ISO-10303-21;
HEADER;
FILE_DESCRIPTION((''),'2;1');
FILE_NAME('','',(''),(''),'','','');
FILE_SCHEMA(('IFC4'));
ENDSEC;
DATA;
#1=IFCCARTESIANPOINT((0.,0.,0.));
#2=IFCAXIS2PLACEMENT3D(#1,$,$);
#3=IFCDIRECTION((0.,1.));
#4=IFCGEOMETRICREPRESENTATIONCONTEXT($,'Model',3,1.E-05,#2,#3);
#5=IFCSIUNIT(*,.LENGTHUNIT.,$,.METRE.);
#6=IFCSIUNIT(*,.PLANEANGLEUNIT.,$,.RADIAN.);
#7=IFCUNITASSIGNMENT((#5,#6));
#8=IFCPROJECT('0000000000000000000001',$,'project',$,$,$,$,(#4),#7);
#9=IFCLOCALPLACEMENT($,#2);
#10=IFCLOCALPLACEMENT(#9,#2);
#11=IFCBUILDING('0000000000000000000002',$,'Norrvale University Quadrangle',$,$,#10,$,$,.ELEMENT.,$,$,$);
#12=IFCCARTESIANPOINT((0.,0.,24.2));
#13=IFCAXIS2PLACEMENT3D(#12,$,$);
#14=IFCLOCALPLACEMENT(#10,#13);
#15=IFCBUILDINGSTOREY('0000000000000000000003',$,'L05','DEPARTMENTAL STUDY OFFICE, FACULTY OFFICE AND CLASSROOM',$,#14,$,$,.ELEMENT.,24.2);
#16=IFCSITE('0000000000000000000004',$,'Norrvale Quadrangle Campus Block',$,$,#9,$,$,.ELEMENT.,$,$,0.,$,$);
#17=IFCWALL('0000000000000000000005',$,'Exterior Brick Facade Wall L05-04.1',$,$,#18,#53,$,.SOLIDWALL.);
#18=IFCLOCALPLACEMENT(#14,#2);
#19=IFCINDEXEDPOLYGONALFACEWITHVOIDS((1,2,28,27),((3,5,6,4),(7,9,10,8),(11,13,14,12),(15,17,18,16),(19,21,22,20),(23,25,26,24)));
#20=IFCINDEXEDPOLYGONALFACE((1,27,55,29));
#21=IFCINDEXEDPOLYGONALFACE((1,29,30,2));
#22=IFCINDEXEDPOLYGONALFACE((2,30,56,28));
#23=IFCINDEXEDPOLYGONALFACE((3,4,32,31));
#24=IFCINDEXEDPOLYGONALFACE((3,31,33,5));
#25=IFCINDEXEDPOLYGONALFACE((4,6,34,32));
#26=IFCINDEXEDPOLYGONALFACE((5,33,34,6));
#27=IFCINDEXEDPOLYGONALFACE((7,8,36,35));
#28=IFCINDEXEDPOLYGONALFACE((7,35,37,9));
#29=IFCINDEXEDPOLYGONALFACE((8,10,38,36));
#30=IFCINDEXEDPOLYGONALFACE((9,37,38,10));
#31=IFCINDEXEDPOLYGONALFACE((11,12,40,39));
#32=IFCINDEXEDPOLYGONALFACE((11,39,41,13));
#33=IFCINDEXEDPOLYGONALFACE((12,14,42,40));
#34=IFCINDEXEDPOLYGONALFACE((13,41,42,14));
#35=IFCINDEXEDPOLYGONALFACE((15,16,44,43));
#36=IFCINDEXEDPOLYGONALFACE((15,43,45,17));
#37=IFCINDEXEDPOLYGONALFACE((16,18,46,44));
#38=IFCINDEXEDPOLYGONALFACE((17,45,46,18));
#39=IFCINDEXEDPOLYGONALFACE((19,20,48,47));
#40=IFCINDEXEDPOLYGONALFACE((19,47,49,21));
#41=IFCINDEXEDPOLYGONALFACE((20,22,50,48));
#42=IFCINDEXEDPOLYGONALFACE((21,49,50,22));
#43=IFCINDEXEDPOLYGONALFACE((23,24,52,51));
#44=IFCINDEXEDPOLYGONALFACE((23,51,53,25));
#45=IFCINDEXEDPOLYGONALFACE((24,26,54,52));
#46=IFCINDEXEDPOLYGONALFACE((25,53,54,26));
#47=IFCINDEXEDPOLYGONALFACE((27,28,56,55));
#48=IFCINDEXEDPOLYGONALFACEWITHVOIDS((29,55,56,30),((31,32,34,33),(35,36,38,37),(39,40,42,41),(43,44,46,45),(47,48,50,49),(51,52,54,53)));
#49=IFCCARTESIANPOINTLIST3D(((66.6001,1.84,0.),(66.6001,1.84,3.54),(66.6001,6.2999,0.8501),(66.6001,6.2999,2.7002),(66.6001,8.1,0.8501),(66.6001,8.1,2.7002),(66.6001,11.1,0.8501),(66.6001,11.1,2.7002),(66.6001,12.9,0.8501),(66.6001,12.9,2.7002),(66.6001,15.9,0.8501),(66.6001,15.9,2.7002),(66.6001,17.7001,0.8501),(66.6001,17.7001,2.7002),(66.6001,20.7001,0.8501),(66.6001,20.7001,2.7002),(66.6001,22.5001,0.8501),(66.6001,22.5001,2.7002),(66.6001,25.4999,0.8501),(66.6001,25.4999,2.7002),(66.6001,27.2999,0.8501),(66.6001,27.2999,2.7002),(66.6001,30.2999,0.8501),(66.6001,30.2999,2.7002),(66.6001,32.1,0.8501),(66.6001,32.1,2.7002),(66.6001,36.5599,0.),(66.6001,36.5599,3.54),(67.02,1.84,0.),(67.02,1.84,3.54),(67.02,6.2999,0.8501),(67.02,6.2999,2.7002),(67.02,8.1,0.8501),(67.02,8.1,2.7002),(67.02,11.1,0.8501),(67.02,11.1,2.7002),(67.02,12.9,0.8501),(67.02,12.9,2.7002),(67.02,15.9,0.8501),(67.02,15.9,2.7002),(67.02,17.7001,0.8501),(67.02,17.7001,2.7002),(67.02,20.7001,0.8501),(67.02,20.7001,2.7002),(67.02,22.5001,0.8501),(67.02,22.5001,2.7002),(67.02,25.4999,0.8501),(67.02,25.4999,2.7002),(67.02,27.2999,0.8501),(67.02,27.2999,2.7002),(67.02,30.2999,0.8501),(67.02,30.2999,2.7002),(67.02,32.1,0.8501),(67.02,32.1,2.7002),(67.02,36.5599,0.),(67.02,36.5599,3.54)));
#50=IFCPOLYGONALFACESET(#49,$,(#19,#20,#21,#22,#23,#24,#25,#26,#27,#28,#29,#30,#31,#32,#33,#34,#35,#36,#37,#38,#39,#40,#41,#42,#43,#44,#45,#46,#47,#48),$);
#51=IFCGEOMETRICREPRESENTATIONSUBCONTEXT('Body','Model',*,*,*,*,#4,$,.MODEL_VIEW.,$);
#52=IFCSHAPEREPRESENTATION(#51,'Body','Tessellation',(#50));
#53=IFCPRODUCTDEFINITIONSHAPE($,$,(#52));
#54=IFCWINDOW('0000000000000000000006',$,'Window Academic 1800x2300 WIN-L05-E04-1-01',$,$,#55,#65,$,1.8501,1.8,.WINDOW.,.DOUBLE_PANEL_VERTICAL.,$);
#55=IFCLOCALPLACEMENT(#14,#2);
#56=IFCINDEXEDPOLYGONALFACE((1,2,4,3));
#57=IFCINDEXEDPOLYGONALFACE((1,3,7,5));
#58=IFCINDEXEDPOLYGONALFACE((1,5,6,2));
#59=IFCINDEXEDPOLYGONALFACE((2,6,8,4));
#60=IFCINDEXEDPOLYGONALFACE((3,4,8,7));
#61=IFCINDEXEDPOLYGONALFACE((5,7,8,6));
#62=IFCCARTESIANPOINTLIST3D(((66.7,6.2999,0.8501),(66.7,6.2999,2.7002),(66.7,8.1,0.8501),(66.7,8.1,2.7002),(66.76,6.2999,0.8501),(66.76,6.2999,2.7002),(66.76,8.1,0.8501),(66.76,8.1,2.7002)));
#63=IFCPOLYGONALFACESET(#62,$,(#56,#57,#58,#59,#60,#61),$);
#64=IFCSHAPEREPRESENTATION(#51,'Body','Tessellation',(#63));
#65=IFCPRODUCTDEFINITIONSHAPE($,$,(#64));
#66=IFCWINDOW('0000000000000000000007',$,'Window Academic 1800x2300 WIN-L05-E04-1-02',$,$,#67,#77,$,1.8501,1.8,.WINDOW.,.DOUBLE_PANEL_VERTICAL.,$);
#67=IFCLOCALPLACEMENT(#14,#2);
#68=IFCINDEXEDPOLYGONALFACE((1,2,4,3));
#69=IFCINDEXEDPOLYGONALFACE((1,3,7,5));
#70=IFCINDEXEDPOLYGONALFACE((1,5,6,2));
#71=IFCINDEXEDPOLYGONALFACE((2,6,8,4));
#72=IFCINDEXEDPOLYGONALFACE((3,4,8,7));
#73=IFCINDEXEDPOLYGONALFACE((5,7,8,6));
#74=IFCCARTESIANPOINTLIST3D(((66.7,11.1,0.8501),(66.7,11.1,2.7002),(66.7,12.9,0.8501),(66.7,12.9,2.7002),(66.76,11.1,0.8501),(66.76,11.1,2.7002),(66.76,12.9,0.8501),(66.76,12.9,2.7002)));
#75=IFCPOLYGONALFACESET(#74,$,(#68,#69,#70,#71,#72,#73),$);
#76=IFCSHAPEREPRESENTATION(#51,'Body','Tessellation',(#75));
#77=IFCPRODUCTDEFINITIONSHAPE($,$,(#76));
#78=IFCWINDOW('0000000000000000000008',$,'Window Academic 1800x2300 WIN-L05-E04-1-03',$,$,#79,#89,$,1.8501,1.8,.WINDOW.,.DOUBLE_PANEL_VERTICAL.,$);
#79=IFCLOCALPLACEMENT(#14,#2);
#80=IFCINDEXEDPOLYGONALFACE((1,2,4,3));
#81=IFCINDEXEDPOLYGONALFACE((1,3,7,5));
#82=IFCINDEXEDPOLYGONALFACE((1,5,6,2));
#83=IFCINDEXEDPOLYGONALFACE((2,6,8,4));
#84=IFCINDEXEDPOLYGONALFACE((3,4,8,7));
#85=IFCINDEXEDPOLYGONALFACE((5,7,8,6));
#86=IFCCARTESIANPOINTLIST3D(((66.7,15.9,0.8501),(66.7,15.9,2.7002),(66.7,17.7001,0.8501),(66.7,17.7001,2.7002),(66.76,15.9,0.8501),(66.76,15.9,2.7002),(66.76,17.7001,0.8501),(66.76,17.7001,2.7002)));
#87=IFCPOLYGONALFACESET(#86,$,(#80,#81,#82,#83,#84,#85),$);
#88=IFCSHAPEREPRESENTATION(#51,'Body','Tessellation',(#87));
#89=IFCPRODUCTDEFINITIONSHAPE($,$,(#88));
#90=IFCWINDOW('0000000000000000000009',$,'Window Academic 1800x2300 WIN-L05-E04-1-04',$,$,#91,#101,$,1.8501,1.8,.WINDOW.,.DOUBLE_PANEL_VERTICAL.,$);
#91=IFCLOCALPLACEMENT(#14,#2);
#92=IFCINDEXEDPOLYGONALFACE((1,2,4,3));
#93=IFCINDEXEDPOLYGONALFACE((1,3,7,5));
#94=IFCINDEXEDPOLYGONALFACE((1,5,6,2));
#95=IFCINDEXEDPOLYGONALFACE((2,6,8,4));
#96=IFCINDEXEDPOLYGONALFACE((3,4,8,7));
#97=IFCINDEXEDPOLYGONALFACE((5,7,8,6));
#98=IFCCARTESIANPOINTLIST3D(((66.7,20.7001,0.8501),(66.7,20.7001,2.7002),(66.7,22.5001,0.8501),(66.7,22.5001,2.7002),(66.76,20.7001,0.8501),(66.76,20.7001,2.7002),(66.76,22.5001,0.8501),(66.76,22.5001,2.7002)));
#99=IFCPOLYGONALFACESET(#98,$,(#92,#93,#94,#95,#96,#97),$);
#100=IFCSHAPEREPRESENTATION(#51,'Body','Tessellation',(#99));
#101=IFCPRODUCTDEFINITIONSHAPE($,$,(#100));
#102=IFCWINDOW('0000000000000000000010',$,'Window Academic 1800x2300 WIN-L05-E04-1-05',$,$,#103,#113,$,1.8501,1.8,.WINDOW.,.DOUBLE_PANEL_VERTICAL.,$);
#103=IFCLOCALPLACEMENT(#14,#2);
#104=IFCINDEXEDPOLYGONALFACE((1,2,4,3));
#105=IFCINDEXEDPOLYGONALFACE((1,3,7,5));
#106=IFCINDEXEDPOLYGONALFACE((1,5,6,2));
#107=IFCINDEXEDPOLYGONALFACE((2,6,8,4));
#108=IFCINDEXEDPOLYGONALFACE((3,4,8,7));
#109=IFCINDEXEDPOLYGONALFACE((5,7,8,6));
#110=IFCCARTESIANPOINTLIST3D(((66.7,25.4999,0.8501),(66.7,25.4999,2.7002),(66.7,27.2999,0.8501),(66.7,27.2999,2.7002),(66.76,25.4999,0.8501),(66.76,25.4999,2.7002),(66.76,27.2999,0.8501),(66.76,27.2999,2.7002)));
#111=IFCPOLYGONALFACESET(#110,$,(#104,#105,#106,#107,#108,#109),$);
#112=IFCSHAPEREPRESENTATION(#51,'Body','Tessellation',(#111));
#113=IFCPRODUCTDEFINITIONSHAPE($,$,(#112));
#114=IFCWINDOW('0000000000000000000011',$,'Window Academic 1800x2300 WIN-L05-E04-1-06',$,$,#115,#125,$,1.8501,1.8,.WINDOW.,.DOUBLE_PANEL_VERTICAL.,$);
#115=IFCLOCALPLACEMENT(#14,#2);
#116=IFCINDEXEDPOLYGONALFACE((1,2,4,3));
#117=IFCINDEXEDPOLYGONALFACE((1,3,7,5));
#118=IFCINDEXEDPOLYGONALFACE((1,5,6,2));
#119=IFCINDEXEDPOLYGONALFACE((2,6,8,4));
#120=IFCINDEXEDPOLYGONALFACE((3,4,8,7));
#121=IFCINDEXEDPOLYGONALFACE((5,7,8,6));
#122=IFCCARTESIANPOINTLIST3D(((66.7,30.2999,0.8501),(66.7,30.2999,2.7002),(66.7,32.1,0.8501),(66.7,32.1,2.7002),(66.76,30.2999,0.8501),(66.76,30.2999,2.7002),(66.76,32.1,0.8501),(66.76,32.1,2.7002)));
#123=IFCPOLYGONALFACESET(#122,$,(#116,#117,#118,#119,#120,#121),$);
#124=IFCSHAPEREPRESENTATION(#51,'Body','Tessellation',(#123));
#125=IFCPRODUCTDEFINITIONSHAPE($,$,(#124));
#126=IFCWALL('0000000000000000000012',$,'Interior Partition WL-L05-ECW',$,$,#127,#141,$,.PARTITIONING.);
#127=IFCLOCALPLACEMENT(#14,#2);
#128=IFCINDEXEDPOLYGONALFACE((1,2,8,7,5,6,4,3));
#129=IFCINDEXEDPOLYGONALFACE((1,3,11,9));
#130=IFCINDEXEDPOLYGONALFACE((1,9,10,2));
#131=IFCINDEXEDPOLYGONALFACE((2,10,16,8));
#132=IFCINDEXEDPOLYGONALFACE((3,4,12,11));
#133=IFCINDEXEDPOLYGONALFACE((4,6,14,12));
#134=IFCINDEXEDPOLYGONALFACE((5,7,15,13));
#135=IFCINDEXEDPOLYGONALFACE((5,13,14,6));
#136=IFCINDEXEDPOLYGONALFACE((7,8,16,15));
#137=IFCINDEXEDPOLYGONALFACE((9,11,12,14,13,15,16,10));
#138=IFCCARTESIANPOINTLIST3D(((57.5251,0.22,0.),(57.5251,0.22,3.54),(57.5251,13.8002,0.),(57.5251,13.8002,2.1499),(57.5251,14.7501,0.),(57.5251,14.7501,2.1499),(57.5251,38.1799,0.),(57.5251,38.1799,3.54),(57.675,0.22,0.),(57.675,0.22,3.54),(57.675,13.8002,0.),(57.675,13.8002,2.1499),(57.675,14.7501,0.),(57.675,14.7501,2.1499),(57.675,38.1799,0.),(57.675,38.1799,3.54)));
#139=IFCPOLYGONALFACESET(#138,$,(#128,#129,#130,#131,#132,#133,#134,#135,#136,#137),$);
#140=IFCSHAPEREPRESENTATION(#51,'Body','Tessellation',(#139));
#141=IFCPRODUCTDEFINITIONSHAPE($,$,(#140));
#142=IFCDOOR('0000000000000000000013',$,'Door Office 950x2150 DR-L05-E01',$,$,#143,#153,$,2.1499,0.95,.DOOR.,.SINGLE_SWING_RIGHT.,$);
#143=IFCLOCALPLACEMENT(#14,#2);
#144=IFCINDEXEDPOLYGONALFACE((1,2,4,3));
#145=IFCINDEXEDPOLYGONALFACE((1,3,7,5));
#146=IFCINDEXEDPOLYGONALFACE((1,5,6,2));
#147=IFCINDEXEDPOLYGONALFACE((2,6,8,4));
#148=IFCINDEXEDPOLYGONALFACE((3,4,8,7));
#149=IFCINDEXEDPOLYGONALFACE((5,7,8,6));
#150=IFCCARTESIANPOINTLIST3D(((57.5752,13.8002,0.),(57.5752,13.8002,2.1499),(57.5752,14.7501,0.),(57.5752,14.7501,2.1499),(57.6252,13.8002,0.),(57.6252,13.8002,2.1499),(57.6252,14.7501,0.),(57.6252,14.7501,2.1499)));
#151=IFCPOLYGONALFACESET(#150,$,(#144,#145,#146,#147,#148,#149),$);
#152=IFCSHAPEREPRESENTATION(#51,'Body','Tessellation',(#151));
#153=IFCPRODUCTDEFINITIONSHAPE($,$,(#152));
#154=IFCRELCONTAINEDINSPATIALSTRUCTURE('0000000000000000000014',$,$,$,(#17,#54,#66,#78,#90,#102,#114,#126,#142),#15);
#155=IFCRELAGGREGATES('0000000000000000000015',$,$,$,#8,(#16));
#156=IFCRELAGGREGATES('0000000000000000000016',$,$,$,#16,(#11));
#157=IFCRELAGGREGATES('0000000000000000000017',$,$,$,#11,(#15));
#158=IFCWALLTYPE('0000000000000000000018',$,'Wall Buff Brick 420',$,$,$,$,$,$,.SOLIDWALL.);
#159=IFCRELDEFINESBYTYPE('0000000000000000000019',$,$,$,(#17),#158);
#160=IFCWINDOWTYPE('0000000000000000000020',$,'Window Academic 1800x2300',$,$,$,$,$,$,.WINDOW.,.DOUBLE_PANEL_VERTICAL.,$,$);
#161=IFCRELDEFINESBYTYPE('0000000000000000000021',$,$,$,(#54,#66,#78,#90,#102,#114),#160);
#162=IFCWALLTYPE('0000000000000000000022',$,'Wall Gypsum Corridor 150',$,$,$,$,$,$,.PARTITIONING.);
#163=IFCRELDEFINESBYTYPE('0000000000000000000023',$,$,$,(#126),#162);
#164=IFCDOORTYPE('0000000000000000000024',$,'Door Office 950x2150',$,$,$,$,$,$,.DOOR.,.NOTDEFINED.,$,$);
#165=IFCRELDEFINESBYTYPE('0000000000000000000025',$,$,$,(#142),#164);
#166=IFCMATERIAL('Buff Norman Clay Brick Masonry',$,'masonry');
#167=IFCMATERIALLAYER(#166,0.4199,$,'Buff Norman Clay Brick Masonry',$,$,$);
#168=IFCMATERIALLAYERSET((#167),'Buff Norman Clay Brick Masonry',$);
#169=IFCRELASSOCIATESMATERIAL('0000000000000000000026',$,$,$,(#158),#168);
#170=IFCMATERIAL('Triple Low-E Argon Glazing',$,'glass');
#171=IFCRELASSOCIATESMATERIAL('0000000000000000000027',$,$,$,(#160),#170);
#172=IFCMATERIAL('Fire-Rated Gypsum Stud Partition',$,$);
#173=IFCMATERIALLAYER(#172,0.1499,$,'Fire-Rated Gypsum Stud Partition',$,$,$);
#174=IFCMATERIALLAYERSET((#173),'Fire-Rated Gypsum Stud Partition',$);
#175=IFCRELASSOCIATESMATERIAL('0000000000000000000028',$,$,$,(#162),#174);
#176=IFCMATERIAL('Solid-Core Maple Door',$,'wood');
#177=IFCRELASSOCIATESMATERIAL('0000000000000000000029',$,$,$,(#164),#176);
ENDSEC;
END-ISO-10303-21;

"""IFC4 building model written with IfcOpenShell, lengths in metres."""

from ifc_helpers import new_model, si_unit, direction, frame, frame_2d, origin, place, context, subcontext, project, spatial, rectangle, extrude, material, layer, layer_set, type_object, element, fill, save


model = new_model("IFC4")

# Units and contexts
model_context = context("Model", 3, precision=1e-05, world=origin(), true_north=direction((0.0, 1.0)))
body_context = subcontext(model_context, "Body", "Model", "MODEL_VIEW")
ifc_project = project(units=[si_unit("LENGTHUNIT", "METRE"), si_unit("PLANEANGLEUNIT", "RADIAN")], contexts=[model_context])

# Site, building, storey
site_placement = place(None, origin())
site = spatial("IfcSite", under=ifc_project, at=site_placement, Name="Norrvale Quadrangle Campus Block", CompositionType="ELEMENT", RefElevation=0.0)
building_placement = place(site_placement, origin())
building = spatial("IfcBuilding", under=site, at=building_placement, Name="Norrvale University Quadrangle", CompositionType="ELEMENT")
storey_placement = place(building_placement, frame((0.0, 0.0, 24.2)))
storey = spatial("IfcBuildingStorey", under=building, at=storey_placement, Name="L05", Description="DEPARTMENTAL STUDY OFFICE, FACULTY OFFICE AND CLASSROOM", CompositionType="ELEMENT", Elevation=24.2)

# Shared definitions
ifc_material_1 = material(Name="Buff Norman Clay Brick Masonry", Category="masonry")
ifc_layer_1 = layer(ifc_material_1, 0.4199, Name="Buff Norman Clay Brick Masonry")
ifc_layer_set_1 = layer_set([ifc_layer_1], Name="Buff Norman Clay Brick Masonry")
wall_type_1 = type_object("IfcWallType", Name="Wall Buff Brick 420", PredefinedType="SOLIDWALL", material=ifc_layer_set_1)

# Wall, openings, windows
wall_1_placement = place(storey_placement, frame((66.8101, 1.8401, 0.0), z_axis=(0.0, 0.0, 1.0), x_axis=(0.0, 1.0, 0.0)))
wall_1 = element("IfcWall", 1, at=wall_1_placement, inside=storey, type_object=wall_type_1, Name="Exterior Brick Facade Wall L05-04.1", PredefinedType="SOLIDWALL", context=body_context, shape_type="SweptSolid", body=[
    extrude(rectangle(XDim=34.72, YDim=0.4199, at=frame_2d((17.3599, 0.0))), origin(), (0.0, 0.0, 1.0), 3.54),
])
opening_1_placement = place(wall_1_placement, frame((4.46, 0.0, 0.8501)))
opening_1 = element("IfcOpeningElement", 2, at=opening_1_placement, cuts=wall_1, PredefinedType="OPENING", context=body_context, shape_type="SweptSolid", body=[
    extrude(rectangle(XDim=1.8, YDim=1.8501, at=frame_2d((0.8999, 0.925))), frame((0.0, 0.2219, 0.0), z_axis=(0.0, -1.0, 0.0), x_axis=(1.0, 0.0, 0.0)), (0.0, 0.0, 1.0), 0.4438),
])
opening_2_placement = place(wall_1_placement, frame((9.26, 0.0, 0.8501)))
opening_2 = element("IfcOpeningElement", 3, at=opening_2_placement, cuts=wall_1, PredefinedType="OPENING", context=body_context, shape_type="SweptSolid", body=[
    extrude(rectangle(XDim=1.8, YDim=1.8501, at=frame_2d((0.8999, 0.925))), frame((0.0, 0.2219, 0.0), z_axis=(0.0, -1.0, 0.0), x_axis=(1.0, 0.0, 0.0)), (0.0, 0.0, 1.0), 0.4438),
])
opening_3_placement = place(wall_1_placement, frame((14.0601, 0.0, 0.8501)))
opening_3 = element("IfcOpeningElement", 4, at=opening_3_placement, cuts=wall_1, PredefinedType="OPENING", context=body_context, shape_type="SweptSolid", body=[
    extrude(rectangle(XDim=1.8, YDim=1.8501, at=frame_2d((0.8999, 0.925))), frame((0.0, 0.2219, 0.0), z_axis=(0.0, -1.0, 0.0), x_axis=(1.0, 0.0, 0.0)), (0.0, 0.0, 1.0), 0.4438),
])
opening_4_placement = place(wall_1_placement, frame((18.8601, 0.0, 0.8501)))
opening_4 = element("IfcOpeningElement", 5, at=opening_4_placement, cuts=wall_1, PredefinedType="OPENING", context=body_context, shape_type="SweptSolid", body=[
    extrude(rectangle(XDim=1.8, YDim=1.8501, at=frame_2d((0.8999, 0.925))), frame((0.0, 0.2219, 0.0), z_axis=(0.0, -1.0, 0.0), x_axis=(1.0, 0.0, 0.0)), (0.0, 0.0, 1.0), 0.4438),
])
opening_5_placement = place(wall_1_placement, frame((23.6599, 0.0, 0.8501)))
opening_5 = element("IfcOpeningElement", 6, at=opening_5_placement, cuts=wall_1, PredefinedType="OPENING", context=body_context, shape_type="SweptSolid", body=[
    extrude(rectangle(XDim=1.8, YDim=1.8501, at=frame_2d((0.8999, 0.925))), frame((0.0, 0.2219, 0.0), z_axis=(0.0, -1.0, 0.0), x_axis=(1.0, 0.0, 0.0)), (0.0, 0.0, 1.0), 0.4438),
])
opening_6_placement = place(wall_1_placement, frame((28.46, 0.0, 0.8501)))
opening_6 = element("IfcOpeningElement", 7, at=opening_6_placement, cuts=wall_1, PredefinedType="OPENING", context=body_context, shape_type="SweptSolid", body=[
    extrude(rectangle(XDim=1.8, YDim=1.8501, at=frame_2d((0.8999, 0.925))), frame((0.0, 0.2219, 0.0), z_axis=(0.0, -1.0, 0.0), x_axis=(1.0, 0.0, 0.0)), (0.0, 0.0, 1.0), 0.4438),
])
ifc_material_2 = material(Name="Triple Low-E Argon Glazing", Category="glass")
window_type = type_object("IfcWindowType", Name="Window Academic 1800x2300", PartitioningType="DOUBLE_PANEL_VERTICAL", PredefinedType="WINDOW", material=ifc_material_2)
window_1_placement = place(opening_1_placement, origin())
window_1 = element("IfcWindow", 8, at=window_1_placement, inside=storey, type_object=window_type, Name="Window Academic 1800x2300 WIN-L05-E04-1-01", OverallHeight=1.8501, OverallWidth=1.8, PartitioningType="DOUBLE_PANEL_VERTICAL", PredefinedType="WINDOW", context=body_context, shape_type="SweptSolid", body=[
    extrude(rectangle(XDim=1.8, YDim=1.8501, at=frame_2d((0.8999, 0.925))), frame((0.0, 0.1101, 0.0), z_axis=(0.0, -1.0, 0.0), x_axis=(1.0, 0.0, 0.0)), (0.0, 0.0, 1.0), 0.0601),
])
fill(opening_1, window_1)
window_2_placement = place(opening_2_placement, origin())
window_2 = element("IfcWindow", 9, at=window_2_placement, inside=storey, type_object=window_type, Name="Window Academic 1800x2300 WIN-L05-E04-1-02", OverallHeight=1.8501, OverallWidth=1.8, PartitioningType="DOUBLE_PANEL_VERTICAL", PredefinedType="WINDOW", context=body_context, shape_type="SweptSolid", body=[
    extrude(rectangle(XDim=1.8, YDim=1.8501, at=frame_2d((0.8999, 0.925))), frame((0.0, 0.1101, 0.0), z_axis=(0.0, -1.0, 0.0), x_axis=(1.0, 0.0, 0.0)), (0.0, 0.0, 1.0), 0.0601),
])
fill(opening_2, window_2)
window_3_placement = place(opening_3_placement, origin())
window_3 = element("IfcWindow", 10, at=window_3_placement, inside=storey, type_object=window_type, Name="Window Academic 1800x2300 WIN-L05-E04-1-03", OverallHeight=1.8501, OverallWidth=1.8, PartitioningType="DOUBLE_PANEL_VERTICAL", PredefinedType="WINDOW", context=body_context, shape_type="SweptSolid", body=[
    extrude(rectangle(XDim=1.8, YDim=1.8501, at=frame_2d((0.8999, 0.925))), frame((0.0, 0.1101, 0.0), z_axis=(0.0, -1.0, 0.0), x_axis=(1.0, 0.0, 0.0)), (0.0, 0.0, 1.0), 0.0601),
])
fill(opening_3, window_3)
window_4_placement = place(opening_4_placement, origin())
window_4 = element("IfcWindow", 11, at=window_4_placement, inside=storey, type_object=window_type, Name="Window Academic 1800x2300 WIN-L05-E04-1-04", OverallHeight=1.8501, OverallWidth=1.8, PartitioningType="DOUBLE_PANEL_VERTICAL", PredefinedType="WINDOW", context=body_context, shape_type="SweptSolid", body=[
    extrude(rectangle(XDim=1.8, YDim=1.8501, at=frame_2d((0.8999, 0.925))), frame((0.0, 0.1101, 0.0), z_axis=(0.0, -1.0, 0.0), x_axis=(1.0, 0.0, 0.0)), (0.0, 0.0, 1.0), 0.0601),
])
fill(opening_4, window_4)
window_5_placement = place(opening_5_placement, origin())
window_5 = element("IfcWindow", 12, at=window_5_placement, inside=storey, type_object=window_type, Name="Window Academic 1800x2300 WIN-L05-E04-1-05", OverallHeight=1.8501, OverallWidth=1.8, PartitioningType="DOUBLE_PANEL_VERTICAL", PredefinedType="WINDOW", context=body_context, shape_type="SweptSolid", body=[
    extrude(rectangle(XDim=1.8, YDim=1.8501, at=frame_2d((0.8999, 0.925))), frame((0.0, 0.1101, 0.0), z_axis=(0.0, -1.0, 0.0), x_axis=(1.0, 0.0, 0.0)), (0.0, 0.0, 1.0), 0.0601),
])
fill(opening_5, window_5)
window_6_placement = place(opening_6_placement, origin())
window_6 = element("IfcWindow", 13, at=window_6_placement, inside=storey, type_object=window_type, Name="Window Academic 1800x2300 WIN-L05-E04-1-06", OverallHeight=1.8501, OverallWidth=1.8, PartitioningType="DOUBLE_PANEL_VERTICAL", PredefinedType="WINDOW", context=body_context, shape_type="SweptSolid", body=[
    extrude(rectangle(XDim=1.8, YDim=1.8501, at=frame_2d((0.8999, 0.925))), frame((0.0, 0.1101, 0.0), z_axis=(0.0, -1.0, 0.0), x_axis=(1.0, 0.0, 0.0)), (0.0, 0.0, 1.0), 0.0601),
])
fill(opening_6, window_6)

# Wall, opening, door
ifc_material_3 = material(Name="Fire-Rated Gypsum Stud Partition")
ifc_layer_2 = layer(ifc_material_3, 0.1499, Name="Fire-Rated Gypsum Stud Partition")
ifc_layer_set_2 = layer_set([ifc_layer_2], Name="Fire-Rated Gypsum Stud Partition")
wall_type_2 = type_object("IfcWallType", Name="Wall Gypsum Corridor 150", PredefinedType="PARTITIONING", material=ifc_layer_set_2)
wall_2_placement = place(storey_placement, frame((57.6001, 0.22, 0.0), z_axis=(0.0, 0.0, 1.0), x_axis=(0.0, 1.0, 0.0)))
wall_2 = element("IfcWall", 14, at=wall_2_placement, inside=storey, type_object=wall_type_2, Name="Interior Partition WL-L05-ECW", PredefinedType="PARTITIONING", context=body_context, shape_type="SweptSolid", body=[
    extrude(rectangle(XDim=37.96, YDim=0.1499, at=frame_2d((18.98, 0.0))), origin(), (0.0, 0.0, 1.0), 3.54),
])
opening_7_placement = place(wall_2_placement, frame((13.5801, 0.0, 0.0)))
opening_7 = element("IfcOpeningElement", 15, at=opening_7_placement, cuts=wall_2, PredefinedType="OPENING", context=body_context, shape_type="SweptSolid", body=[
    extrude(rectangle(XDim=0.95, YDim=2.1499, at=frame_2d((0.4751, 1.075))), frame((0.0, 0.0869, 0.0), z_axis=(0.0, -1.0, 0.0), x_axis=(1.0, 0.0, 0.0)), (0.0, 0.0, 1.0), 0.1738),
])
ifc_material_4 = material(Name="Solid-Core Maple Door", Category="wood")
door_type = type_object("IfcDoorType", Name="Door Office 950x2150", OperationType="NOTDEFINED", PredefinedType="DOOR", material=ifc_material_4)
door_placement = place(opening_7_placement, origin())
door = element("IfcDoor", 16, at=door_placement, inside=storey, type_object=door_type, Name="Door Office 950x2150 DR-L05-E01", OperationType="SINGLE_SWING_RIGHT", OverallHeight=2.1499, OverallWidth=0.95, PredefinedType="DOOR", context=body_context, shape_type="SweptSolid", body=[
    extrude(rectangle(XDim=0.95, YDim=2.1499, at=frame_2d((0.4751, 1.075))), frame((0.0, 0.0249, 0.0), z_axis=(0.0, -1.0, 0.0), x_axis=(1.0, 0.0, 0.0)), (0.0, 0.0, 1.0), 0.05),
])
fill(opening_7, door)

save(model, "model.ifc")
